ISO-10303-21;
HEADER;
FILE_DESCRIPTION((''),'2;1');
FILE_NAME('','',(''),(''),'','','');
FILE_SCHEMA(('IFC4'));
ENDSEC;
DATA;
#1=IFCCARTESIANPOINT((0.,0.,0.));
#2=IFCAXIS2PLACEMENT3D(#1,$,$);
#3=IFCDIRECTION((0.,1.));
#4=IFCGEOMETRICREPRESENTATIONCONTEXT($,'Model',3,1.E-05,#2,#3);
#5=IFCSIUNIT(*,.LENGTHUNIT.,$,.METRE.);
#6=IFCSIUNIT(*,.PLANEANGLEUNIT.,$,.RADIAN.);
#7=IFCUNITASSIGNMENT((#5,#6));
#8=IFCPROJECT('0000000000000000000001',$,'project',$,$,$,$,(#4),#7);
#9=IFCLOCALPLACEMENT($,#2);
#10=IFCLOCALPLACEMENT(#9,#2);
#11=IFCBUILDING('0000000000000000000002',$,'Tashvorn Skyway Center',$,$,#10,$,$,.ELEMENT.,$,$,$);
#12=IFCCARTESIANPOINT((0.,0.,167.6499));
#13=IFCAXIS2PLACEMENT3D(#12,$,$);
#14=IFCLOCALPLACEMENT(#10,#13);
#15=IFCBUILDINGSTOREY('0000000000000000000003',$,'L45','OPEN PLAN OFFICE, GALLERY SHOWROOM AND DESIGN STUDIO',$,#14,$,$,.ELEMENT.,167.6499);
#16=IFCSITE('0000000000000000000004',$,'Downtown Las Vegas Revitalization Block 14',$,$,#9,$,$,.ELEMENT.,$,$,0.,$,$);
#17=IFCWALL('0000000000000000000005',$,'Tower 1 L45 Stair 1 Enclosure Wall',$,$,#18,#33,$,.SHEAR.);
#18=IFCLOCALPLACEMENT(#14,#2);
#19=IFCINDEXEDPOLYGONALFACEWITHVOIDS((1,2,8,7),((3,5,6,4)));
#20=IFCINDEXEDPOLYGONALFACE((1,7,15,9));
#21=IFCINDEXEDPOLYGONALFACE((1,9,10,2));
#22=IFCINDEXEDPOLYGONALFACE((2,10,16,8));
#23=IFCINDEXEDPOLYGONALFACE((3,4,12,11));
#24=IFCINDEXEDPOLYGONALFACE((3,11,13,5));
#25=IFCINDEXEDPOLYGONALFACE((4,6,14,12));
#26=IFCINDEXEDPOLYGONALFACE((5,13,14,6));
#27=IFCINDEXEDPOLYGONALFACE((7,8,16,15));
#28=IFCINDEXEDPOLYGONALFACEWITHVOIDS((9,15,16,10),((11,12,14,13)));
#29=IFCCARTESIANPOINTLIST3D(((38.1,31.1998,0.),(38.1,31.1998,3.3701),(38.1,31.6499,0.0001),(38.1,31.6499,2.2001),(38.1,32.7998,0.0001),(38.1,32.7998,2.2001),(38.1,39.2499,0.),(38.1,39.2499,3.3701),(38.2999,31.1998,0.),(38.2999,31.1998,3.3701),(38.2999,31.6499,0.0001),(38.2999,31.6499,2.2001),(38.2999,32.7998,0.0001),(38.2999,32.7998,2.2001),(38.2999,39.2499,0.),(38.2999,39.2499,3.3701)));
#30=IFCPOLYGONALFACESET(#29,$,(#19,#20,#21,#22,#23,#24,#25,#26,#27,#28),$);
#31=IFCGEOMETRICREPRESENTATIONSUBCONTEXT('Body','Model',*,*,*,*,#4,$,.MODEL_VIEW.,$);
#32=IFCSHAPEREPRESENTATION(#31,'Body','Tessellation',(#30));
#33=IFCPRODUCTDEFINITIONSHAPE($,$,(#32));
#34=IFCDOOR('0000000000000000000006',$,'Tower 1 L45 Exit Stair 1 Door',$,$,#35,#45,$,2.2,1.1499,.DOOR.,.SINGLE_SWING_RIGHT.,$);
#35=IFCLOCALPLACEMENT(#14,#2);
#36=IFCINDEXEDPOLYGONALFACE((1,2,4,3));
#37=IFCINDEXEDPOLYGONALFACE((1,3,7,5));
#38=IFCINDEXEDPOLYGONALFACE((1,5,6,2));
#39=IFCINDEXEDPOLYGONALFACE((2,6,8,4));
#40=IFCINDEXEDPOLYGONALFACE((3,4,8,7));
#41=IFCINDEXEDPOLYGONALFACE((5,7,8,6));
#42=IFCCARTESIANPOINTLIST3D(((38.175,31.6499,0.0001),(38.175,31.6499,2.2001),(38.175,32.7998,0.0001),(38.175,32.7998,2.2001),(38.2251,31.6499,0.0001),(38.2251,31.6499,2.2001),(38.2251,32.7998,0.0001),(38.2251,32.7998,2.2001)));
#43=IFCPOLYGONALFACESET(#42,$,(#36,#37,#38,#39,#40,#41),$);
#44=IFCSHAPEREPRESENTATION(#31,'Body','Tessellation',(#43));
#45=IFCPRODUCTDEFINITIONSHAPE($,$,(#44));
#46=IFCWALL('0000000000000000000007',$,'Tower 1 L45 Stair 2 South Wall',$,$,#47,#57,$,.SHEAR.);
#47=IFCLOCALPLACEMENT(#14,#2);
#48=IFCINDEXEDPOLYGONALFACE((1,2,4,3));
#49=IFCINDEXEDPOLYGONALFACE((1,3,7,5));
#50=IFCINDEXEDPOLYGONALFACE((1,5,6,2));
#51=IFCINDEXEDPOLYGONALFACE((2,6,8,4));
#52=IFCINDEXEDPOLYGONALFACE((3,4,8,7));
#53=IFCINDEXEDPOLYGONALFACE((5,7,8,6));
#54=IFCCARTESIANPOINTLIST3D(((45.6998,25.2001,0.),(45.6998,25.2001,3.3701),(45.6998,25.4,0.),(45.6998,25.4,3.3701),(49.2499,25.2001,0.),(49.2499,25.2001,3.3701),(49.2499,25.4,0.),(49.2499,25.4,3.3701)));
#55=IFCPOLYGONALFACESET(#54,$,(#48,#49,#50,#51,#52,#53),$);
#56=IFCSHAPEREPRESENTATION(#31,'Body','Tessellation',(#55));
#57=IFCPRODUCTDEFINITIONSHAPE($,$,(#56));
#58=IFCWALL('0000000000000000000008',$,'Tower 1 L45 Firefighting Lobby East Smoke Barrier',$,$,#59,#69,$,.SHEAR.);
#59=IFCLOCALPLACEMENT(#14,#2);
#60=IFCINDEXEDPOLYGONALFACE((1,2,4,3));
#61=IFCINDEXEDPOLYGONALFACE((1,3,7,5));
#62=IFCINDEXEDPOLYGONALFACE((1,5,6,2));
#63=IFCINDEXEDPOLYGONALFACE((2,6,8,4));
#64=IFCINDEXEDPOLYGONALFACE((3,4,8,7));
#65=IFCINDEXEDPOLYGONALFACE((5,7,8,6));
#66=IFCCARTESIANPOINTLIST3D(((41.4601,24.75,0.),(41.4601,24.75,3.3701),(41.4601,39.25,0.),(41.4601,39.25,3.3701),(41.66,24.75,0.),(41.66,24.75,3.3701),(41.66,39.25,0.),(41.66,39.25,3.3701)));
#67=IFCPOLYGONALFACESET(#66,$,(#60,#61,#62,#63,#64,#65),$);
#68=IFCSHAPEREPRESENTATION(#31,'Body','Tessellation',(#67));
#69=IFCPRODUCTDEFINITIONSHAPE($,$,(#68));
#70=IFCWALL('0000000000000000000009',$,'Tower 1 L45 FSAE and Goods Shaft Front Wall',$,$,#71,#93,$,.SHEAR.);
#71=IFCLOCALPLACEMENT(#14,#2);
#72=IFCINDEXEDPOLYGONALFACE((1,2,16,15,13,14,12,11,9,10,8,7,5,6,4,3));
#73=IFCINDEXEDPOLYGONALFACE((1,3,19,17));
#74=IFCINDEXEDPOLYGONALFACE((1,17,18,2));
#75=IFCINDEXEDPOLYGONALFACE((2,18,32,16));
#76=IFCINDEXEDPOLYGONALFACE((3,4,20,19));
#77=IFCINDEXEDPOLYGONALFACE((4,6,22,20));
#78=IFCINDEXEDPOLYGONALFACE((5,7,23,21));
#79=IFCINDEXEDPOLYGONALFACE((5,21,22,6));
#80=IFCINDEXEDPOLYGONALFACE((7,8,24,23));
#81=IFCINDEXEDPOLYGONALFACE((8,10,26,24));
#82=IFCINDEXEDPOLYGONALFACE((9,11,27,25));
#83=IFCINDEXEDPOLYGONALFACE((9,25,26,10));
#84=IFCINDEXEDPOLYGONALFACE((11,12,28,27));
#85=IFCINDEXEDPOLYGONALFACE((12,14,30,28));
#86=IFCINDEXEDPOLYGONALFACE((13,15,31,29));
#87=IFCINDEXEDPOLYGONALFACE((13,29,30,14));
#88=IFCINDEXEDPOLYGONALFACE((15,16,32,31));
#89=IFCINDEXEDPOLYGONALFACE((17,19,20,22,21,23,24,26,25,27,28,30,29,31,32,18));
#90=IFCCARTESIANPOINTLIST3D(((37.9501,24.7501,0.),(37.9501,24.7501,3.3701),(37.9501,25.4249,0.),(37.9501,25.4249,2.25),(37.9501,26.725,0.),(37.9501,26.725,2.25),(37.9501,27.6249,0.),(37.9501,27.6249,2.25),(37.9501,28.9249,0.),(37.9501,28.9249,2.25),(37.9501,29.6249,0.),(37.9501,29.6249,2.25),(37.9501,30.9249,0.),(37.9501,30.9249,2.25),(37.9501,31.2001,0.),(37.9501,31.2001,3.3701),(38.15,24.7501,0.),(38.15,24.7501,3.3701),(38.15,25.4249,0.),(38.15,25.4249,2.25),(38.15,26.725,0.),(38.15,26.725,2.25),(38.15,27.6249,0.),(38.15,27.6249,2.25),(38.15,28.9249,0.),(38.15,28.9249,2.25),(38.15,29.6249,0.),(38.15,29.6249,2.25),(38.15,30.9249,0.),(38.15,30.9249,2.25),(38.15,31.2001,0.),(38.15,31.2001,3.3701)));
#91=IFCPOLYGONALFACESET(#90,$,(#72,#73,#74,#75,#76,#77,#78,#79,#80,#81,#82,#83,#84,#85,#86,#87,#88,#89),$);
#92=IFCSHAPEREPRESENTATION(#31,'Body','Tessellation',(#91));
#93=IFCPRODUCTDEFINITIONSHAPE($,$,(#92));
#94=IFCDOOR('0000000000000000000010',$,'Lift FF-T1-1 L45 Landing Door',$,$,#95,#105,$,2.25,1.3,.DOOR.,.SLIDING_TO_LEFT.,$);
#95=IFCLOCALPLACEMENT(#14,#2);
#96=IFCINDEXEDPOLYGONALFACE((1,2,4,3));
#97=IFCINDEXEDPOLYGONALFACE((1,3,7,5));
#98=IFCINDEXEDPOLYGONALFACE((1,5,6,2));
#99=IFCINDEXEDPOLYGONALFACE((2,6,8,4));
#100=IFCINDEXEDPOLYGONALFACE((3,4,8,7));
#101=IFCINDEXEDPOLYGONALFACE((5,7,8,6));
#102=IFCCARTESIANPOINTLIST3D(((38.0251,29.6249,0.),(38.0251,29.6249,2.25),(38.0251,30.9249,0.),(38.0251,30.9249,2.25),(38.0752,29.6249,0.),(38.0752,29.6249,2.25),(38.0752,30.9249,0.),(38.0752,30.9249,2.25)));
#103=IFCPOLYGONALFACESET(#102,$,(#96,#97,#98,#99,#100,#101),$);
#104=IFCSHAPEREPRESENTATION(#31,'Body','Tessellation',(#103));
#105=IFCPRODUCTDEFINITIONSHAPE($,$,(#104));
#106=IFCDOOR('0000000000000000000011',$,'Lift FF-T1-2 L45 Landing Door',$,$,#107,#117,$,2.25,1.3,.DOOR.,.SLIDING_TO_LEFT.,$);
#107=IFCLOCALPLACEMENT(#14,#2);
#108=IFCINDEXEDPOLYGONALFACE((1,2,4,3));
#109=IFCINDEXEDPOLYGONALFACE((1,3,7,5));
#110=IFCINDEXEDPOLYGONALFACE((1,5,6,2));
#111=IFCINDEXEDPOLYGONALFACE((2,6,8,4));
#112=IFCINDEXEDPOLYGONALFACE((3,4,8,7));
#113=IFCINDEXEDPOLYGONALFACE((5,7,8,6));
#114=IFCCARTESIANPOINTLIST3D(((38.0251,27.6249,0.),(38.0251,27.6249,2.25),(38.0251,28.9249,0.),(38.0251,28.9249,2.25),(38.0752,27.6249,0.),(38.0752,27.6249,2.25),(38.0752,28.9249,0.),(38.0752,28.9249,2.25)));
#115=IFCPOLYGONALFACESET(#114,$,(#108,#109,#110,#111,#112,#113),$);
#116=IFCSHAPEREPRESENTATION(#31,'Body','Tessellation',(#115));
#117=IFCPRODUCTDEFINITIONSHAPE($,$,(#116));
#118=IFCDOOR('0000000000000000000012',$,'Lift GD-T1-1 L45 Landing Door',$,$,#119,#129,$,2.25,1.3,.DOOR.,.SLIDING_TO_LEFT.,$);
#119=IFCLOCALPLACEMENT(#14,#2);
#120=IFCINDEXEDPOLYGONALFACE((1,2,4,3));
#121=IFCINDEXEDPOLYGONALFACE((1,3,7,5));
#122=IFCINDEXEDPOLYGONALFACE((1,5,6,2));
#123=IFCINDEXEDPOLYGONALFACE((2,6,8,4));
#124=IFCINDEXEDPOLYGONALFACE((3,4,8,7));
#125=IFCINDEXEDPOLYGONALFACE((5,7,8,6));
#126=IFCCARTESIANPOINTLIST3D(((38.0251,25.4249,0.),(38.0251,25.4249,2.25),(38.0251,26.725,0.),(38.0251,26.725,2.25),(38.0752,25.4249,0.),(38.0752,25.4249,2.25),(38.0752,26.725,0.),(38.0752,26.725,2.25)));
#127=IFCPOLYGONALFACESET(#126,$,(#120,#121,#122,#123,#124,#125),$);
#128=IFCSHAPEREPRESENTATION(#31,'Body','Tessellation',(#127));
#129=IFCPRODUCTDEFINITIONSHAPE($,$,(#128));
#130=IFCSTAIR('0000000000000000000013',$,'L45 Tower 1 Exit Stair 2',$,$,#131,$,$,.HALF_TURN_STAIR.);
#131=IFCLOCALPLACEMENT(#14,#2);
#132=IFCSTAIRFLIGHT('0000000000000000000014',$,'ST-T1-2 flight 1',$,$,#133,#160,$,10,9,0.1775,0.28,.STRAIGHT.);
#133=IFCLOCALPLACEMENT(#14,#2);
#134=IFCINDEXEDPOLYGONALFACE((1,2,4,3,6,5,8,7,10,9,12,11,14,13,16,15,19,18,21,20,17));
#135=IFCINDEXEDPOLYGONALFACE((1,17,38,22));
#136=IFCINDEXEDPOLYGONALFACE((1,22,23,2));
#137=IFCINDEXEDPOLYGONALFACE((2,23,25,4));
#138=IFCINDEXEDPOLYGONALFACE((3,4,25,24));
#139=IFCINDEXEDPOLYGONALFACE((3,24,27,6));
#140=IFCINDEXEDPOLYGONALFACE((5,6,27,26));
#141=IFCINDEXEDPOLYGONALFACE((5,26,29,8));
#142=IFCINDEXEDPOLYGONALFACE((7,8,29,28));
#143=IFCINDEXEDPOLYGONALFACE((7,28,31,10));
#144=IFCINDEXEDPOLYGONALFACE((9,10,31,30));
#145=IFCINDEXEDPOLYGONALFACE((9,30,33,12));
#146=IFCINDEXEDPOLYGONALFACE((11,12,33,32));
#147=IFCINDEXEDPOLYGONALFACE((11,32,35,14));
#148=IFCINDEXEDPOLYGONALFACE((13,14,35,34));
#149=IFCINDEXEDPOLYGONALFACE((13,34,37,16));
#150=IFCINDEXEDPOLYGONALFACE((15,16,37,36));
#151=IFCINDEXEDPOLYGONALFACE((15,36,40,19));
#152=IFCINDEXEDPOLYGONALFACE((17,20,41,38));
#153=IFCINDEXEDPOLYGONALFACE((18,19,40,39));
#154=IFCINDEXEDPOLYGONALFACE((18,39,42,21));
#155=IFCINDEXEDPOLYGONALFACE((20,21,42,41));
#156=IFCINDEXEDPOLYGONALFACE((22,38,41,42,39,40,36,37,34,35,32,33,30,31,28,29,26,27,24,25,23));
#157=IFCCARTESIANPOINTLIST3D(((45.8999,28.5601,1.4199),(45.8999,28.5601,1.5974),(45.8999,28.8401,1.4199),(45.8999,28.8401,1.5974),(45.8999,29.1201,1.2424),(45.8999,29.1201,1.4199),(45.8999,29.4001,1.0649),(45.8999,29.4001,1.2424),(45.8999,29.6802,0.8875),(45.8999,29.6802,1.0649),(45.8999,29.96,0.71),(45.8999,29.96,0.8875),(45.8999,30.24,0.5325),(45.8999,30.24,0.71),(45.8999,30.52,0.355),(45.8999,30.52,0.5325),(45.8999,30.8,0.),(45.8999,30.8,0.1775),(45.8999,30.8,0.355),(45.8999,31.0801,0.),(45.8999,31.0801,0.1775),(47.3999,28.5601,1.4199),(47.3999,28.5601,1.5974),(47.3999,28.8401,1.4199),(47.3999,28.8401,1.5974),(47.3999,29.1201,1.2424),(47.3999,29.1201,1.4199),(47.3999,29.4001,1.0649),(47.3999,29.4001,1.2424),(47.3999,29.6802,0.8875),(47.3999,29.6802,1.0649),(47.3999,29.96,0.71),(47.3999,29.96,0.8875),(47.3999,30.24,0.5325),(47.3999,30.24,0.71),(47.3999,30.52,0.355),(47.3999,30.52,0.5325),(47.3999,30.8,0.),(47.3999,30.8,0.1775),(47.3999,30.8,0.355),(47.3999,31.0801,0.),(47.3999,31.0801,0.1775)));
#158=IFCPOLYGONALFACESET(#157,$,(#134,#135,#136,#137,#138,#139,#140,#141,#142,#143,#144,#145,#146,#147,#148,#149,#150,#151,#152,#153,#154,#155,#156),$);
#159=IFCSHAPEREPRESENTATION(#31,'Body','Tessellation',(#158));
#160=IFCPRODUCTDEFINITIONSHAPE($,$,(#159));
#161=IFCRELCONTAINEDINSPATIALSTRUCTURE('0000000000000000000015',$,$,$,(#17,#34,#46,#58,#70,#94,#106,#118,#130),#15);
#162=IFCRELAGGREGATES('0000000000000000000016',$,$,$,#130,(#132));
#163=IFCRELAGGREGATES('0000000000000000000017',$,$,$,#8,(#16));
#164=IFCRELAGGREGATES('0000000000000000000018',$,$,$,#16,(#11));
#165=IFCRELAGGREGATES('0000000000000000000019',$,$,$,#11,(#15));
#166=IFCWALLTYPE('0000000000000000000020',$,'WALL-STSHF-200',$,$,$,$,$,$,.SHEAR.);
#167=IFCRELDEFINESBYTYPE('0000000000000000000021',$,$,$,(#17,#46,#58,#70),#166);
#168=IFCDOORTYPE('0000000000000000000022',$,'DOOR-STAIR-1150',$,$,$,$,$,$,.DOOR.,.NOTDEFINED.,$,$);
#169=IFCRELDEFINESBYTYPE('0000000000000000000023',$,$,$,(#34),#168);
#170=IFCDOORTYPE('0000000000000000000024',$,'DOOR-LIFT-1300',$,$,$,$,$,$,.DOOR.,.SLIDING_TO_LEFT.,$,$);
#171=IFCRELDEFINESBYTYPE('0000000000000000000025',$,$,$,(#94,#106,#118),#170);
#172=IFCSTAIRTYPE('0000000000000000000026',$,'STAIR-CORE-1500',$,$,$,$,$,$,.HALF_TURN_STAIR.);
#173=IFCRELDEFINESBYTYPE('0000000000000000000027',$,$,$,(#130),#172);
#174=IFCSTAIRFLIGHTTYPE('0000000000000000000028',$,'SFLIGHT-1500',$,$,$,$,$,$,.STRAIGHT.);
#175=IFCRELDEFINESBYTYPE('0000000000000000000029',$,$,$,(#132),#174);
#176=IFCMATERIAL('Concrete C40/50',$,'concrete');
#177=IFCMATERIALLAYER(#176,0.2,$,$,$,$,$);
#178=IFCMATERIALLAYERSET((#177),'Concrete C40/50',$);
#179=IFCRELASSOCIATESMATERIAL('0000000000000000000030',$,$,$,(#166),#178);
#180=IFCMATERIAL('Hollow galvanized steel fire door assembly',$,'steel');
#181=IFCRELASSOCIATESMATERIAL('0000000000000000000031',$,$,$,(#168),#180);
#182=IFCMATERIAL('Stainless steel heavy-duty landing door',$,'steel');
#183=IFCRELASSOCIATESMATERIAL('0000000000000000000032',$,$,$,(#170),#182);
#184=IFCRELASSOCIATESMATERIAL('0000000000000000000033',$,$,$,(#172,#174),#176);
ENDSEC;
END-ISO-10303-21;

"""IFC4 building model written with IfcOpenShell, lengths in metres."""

from ifc_helpers import new_model, si_unit, direction, frame, frame_2d, origin, place, context, subcontext, project, spatial, polyline, rectangle, outline, extrude, material, layer, layer_set, type_object, element, fill, aggregate, save


model = new_model("IFC4")

# Units and contexts
model_context = context("Model", 3, precision=1e-05, world=origin(), true_north=direction((0.0, 1.0)))
body_context = subcontext(model_context, "Body", "Model", "MODEL_VIEW")
ifc_project = project(units=[si_unit("LENGTHUNIT", "METRE"), si_unit("PLANEANGLEUNIT", "RADIAN")], contexts=[model_context])

# Site, building, storey
site_placement = place(None, origin())
site = spatial("IfcSite", under=ifc_project, at=site_placement, Name="Downtown Las Vegas Revitalization Block 14", CompositionType="ELEMENT", RefElevation=0.0)
building_placement = place(site_placement, origin())
building = spatial("IfcBuilding", under=site, at=building_placement, Name="Tashvorn Skyway Center", CompositionType="ELEMENT")
storey_placement = place(building_placement, frame((0.0, 0.0, 167.6499)))
storey = spatial("IfcBuildingStorey", under=building, at=storey_placement, Name="L45", Description="OPEN PLAN OFFICE, GALLERY SHOWROOM AND DESIGN STUDIO", CompositionType="ELEMENT", Elevation=167.6499)

# Shared definitions
ifc_material_1 = material(Name="Concrete C40/50", Category="concrete")
ifc_material_2 = material(Name="Hollow galvanized steel fire door assembly", Category="steel")

# Wall, opening, door
ifc_layer_1 = layer(ifc_material_1, 0.2)
ifc_layer_set_1 = layer_set([ifc_layer_1], Name="Concrete C40/50")
wall_type_1 = type_object("IfcWallType", Name="WALL-STSHF-200", PredefinedType="SHEAR", material=ifc_layer_set_1)
wall_1_placement = place(storey_placement, frame((38.2, 31.2, 0.0), z_axis=(0.0, 0.0, 1.0), x_axis=(0.0, 1.0, 0.0)))
wall_1 = element("IfcWall", 1, at=wall_1_placement, inside=storey, type_object=wall_type_1, Name="Tower 1 L45 Stair 1 Enclosure Wall", PredefinedType="SHEAR", context=body_context, shape_type="SweptSolid", body=[
    extrude(rectangle(XDim=8.05, YDim=0.2, at=frame_2d((4.0249, 0.0))), origin(), (0.0, 0.0, 1.0), 3.3701),
])
opening_1_placement = place(wall_1_placement, frame((0.45, 0.0, 0.0)))
opening_1 = element("IfcOpeningElement", 2, at=opening_1_placement, cuts=wall_1, PredefinedType="OPENING", context=body_context, shape_type="SweptSolid", body=[
    extrude(rectangle(XDim=1.1499, YDim=2.2, at=frame_2d((0.575, 1.1001))), frame((0.0, 0.1099, 0.0), z_axis=(0.0, -1.0, 0.0), x_axis=(1.0, 0.0, 0.0)), (0.0, 0.0, 1.0), 0.22),
])
door_type_1 = type_object("IfcDoorType", Name="DOOR-STAIR-1150", OperationType="NOTDEFINED", PredefinedType="DOOR", material=ifc_material_2)
door_1_placement = place(opening_1_placement, origin())
door_1 = element("IfcDoor", 3, at=door_1_placement, inside=storey, type_object=door_type_1, Name="Tower 1 L45 Exit Stair 1 Door", OperationType="SINGLE_SWING_RIGHT", OverallHeight=2.2, OverallWidth=1.1499, PredefinedType="DOOR", context=body_context, shape_type="SweptSolid", body=[
    extrude(rectangle(XDim=1.1499, YDim=2.2, at=frame_2d((0.575, 1.1001))), frame((0.0, 0.0249, 0.0), z_axis=(0.0, -1.0, 0.0), x_axis=(1.0, 0.0, 0.0)), (0.0, 0.0, 1.0), 0.05),
])
fill(opening_1, door_1)

# Walls
wall_2_placement = place(storey_placement, frame((45.7, 25.3, 0.0), z_axis=(0.0, 0.0, 1.0), x_axis=(1.0, 0.0, 0.0)))
element("IfcWall", 4, at=wall_2_placement, inside=storey, type_object=wall_type_1, Name="Tower 1 L45 Stair 2 South Wall", PredefinedType="SHEAR", context=body_context, shape_type="SweptSolid", body=[
    extrude(rectangle(XDim=3.55, YDim=0.2, at=frame_2d((1.7749, 0.0))), origin(), (0.0, 0.0, 1.0), 3.3701),
])
wall_3_placement = place(storey_placement, frame((41.5601, 24.75, 0.0), z_axis=(0.0, 0.0, 1.0), x_axis=(0.0, 1.0, 0.0)))
element("IfcWall", 5, at=wall_3_placement, inside=storey, type_object=wall_type_1, Name="Tower 1 L45 Firefighting Lobby East Smoke Barrier", PredefinedType="SHEAR", context=body_context, shape_type="SweptSolid", body=[
    extrude(rectangle(XDim=14.5, YDim=0.2, at=frame_2d((7.25, 0.0))), origin(), (0.0, 0.0, 1.0), 3.3701),
])

# Wall, openings, doors
wall_4_placement = place(storey_placement, frame((38.05, 24.75, 0.0), z_axis=(0.0, 0.0, 1.0), x_axis=(0.0, 1.0, 0.0)))
wall_4 = element("IfcWall", 6, at=wall_4_placement, inside=storey, type_object=wall_type_1, Name="Tower 1 L45 FSAE and Goods Shaft Front Wall", PredefinedType="SHEAR", context=body_context, shape_type="SweptSolid", body=[
    extrude(rectangle(XDim=6.45, YDim=0.2, at=frame_2d((3.2251, 0.0))), origin(), (0.0, 0.0, 1.0), 3.3701),
])
opening_2_placement = place(wall_4_placement, frame((4.875, 0.0, 0.0)))
opening_2 = element("IfcOpeningElement", 7, at=opening_2_placement, cuts=wall_4, PredefinedType="OPENING", context=body_context, shape_type="SweptSolid", body=[
    extrude(rectangle(XDim=1.3, YDim=2.25, at=frame_2d((0.6499, 1.125))), frame((0.0, 0.1099, 0.0), z_axis=(0.0, -1.0, 0.0), x_axis=(1.0, 0.0, 0.0)), (0.0, 0.0, 1.0), 0.22),
])
opening_3_placement = place(wall_4_placement, frame((2.875, 0.0, 0.0)))
opening_3 = element("IfcOpeningElement", 8, at=opening_3_placement, cuts=wall_4, PredefinedType="OPENING", context=body_context, shape_type="SweptSolid", body=[
    extrude(rectangle(XDim=1.3, YDim=2.25, at=frame_2d((0.6499, 1.125))), frame((0.0, 0.1099, 0.0), z_axis=(0.0, -1.0, 0.0), x_axis=(1.0, 0.0, 0.0)), (0.0, 0.0, 1.0), 0.22),
])
opening_4_placement = place(wall_4_placement, frame((0.675, 0.0, 0.0)))
opening_4 = element("IfcOpeningElement", 9, at=opening_4_placement, cuts=wall_4, PredefinedType="OPENING", context=body_context, shape_type="SweptSolid", body=[
    extrude(rectangle(XDim=1.3, YDim=2.25, at=frame_2d((0.6499, 1.125))), frame((0.0, 0.1099, 0.0), z_axis=(0.0, -1.0, 0.0), x_axis=(1.0, 0.0, 0.0)), (0.0, 0.0, 1.0), 0.22),
])
ifc_material_3 = material(Name="Stainless steel heavy-duty landing door", Category="steel")
door_type_2 = type_object("IfcDoorType", Name="DOOR-LIFT-1300", OperationType="SLIDING_TO_LEFT", PredefinedType="DOOR", material=ifc_material_3)
door_2_placement = place(opening_2_placement, origin())
door_2 = element("IfcDoor", 10, at=door_2_placement, inside=storey, type_object=door_type_2, Name="Lift FF-T1-1 L45 Landing Door", OperationType="SLIDING_TO_LEFT", OverallHeight=2.25, OverallWidth=1.3, PredefinedType="DOOR", context=body_context, shape_type="SweptSolid", body=[
    extrude(rectangle(XDim=1.3, YDim=2.25, at=frame_2d((0.6499, 1.125))), frame((0.0, 0.0249, 0.0), z_axis=(0.0, -1.0, 0.0), x_axis=(1.0, 0.0, 0.0)), (0.0, 0.0, 1.0), 0.05),
])
fill(opening_2, door_2)
door_3_placement = place(opening_3_placement, origin())
door_3 = element("IfcDoor", 11, at=door_3_placement, inside=storey, type_object=door_type_2, Name="Lift FF-T1-2 L45 Landing Door", OperationType="SLIDING_TO_LEFT", OverallHeight=2.25, OverallWidth=1.3, PredefinedType="DOOR", context=body_context, shape_type="SweptSolid", body=[
    extrude(rectangle(XDim=1.3, YDim=2.25, at=frame_2d((0.6499, 1.125))), frame((0.0, 0.0249, 0.0), z_axis=(0.0, -1.0, 0.0), x_axis=(1.0, 0.0, 0.0)), (0.0, 0.0, 1.0), 0.05),
])
fill(opening_3, door_3)
door_4_placement = place(opening_4_placement, origin())
door_4 = element("IfcDoor", 12, at=door_4_placement, inside=storey, type_object=door_type_2, Name="Lift GD-T1-1 L45 Landing Door", OperationType="SLIDING_TO_LEFT", OverallHeight=2.25, OverallWidth=1.3, PredefinedType="DOOR", context=body_context, shape_type="SweptSolid", body=[
    extrude(rectangle(XDim=1.3, YDim=2.25, at=frame_2d((0.6499, 1.125))), frame((0.0, 0.0249, 0.0), z_axis=(0.0, -1.0, 0.0), x_axis=(1.0, 0.0, 0.0)), (0.0, 0.0, 1.0), 0.05),
])
fill(opening_4, door_4)

# Stair, stair flight
stair_type = type_object("IfcStairType", Name="STAIR-CORE-1500", PredefinedType="HALF_TURN_STAIR", material=ifc_material_1)
stair_placement = place(storey_placement, origin())
stair = element("IfcStair", 13, at=stair_placement, inside=storey, type_object=stair_type, Name="L45 Tower 1 Exit Stair 2", PredefinedType="HALF_TURN_STAIR")
stair_flight_type = type_object("IfcStairFlightType", Name="SFLIGHT-1500", PredefinedType="STRAIGHT", material=ifc_material_1)
stair_flight_1_placement = place(storey_placement, frame((46.6499, 31.0801, 0.0), z_axis=(0.0, 0.0, 1.0), x_axis=(0.0, -1.0, 0.0)))
stair_flight_1 = element("IfcStairFlight", 14, at=stair_flight_1_placement, type_object=stair_flight_type, Name="ST-T1-2 flight 1", NumberOfRisers=10, NumberOfTreads=9, PredefinedType="STRAIGHT", RiserHeight=0.1775, TreadLength=0.28, context=body_context, shape_type="SweptSolid", body=[
    extrude(outline(polyline([(0.0, 0.0), (0.0, 0.1775), (0.28, 0.1775), (0.28, 0.355), (0.5601, 0.355), (0.5601, 0.5325), (0.8401, 0.5325), (0.8401, 0.71), (1.1201, 0.71), (1.1201, 0.8875), (1.3999, 0.8875), (1.3999, 1.0649), (1.6799, 1.0649), (1.6799, 1.2424), (1.96, 1.2424), (1.96, 1.4199), (2.24, 1.4199), (2.24, 1.5974), (2.52, 1.5974), (2.52, 1.7749), (2.52, 1.4199), (0.28, 0.0), (0.0, 0.0)])), frame((0.0, 0.75, 0.0), z_axis=(0.0, -1.0, 0.0), x_axis=(1.0, 0.0, 0.0)), (0.0, 0.0, 1.0), 1.5),
])
aggregate(stair, [stair_flight_1])

save(model, "model.ifc")
